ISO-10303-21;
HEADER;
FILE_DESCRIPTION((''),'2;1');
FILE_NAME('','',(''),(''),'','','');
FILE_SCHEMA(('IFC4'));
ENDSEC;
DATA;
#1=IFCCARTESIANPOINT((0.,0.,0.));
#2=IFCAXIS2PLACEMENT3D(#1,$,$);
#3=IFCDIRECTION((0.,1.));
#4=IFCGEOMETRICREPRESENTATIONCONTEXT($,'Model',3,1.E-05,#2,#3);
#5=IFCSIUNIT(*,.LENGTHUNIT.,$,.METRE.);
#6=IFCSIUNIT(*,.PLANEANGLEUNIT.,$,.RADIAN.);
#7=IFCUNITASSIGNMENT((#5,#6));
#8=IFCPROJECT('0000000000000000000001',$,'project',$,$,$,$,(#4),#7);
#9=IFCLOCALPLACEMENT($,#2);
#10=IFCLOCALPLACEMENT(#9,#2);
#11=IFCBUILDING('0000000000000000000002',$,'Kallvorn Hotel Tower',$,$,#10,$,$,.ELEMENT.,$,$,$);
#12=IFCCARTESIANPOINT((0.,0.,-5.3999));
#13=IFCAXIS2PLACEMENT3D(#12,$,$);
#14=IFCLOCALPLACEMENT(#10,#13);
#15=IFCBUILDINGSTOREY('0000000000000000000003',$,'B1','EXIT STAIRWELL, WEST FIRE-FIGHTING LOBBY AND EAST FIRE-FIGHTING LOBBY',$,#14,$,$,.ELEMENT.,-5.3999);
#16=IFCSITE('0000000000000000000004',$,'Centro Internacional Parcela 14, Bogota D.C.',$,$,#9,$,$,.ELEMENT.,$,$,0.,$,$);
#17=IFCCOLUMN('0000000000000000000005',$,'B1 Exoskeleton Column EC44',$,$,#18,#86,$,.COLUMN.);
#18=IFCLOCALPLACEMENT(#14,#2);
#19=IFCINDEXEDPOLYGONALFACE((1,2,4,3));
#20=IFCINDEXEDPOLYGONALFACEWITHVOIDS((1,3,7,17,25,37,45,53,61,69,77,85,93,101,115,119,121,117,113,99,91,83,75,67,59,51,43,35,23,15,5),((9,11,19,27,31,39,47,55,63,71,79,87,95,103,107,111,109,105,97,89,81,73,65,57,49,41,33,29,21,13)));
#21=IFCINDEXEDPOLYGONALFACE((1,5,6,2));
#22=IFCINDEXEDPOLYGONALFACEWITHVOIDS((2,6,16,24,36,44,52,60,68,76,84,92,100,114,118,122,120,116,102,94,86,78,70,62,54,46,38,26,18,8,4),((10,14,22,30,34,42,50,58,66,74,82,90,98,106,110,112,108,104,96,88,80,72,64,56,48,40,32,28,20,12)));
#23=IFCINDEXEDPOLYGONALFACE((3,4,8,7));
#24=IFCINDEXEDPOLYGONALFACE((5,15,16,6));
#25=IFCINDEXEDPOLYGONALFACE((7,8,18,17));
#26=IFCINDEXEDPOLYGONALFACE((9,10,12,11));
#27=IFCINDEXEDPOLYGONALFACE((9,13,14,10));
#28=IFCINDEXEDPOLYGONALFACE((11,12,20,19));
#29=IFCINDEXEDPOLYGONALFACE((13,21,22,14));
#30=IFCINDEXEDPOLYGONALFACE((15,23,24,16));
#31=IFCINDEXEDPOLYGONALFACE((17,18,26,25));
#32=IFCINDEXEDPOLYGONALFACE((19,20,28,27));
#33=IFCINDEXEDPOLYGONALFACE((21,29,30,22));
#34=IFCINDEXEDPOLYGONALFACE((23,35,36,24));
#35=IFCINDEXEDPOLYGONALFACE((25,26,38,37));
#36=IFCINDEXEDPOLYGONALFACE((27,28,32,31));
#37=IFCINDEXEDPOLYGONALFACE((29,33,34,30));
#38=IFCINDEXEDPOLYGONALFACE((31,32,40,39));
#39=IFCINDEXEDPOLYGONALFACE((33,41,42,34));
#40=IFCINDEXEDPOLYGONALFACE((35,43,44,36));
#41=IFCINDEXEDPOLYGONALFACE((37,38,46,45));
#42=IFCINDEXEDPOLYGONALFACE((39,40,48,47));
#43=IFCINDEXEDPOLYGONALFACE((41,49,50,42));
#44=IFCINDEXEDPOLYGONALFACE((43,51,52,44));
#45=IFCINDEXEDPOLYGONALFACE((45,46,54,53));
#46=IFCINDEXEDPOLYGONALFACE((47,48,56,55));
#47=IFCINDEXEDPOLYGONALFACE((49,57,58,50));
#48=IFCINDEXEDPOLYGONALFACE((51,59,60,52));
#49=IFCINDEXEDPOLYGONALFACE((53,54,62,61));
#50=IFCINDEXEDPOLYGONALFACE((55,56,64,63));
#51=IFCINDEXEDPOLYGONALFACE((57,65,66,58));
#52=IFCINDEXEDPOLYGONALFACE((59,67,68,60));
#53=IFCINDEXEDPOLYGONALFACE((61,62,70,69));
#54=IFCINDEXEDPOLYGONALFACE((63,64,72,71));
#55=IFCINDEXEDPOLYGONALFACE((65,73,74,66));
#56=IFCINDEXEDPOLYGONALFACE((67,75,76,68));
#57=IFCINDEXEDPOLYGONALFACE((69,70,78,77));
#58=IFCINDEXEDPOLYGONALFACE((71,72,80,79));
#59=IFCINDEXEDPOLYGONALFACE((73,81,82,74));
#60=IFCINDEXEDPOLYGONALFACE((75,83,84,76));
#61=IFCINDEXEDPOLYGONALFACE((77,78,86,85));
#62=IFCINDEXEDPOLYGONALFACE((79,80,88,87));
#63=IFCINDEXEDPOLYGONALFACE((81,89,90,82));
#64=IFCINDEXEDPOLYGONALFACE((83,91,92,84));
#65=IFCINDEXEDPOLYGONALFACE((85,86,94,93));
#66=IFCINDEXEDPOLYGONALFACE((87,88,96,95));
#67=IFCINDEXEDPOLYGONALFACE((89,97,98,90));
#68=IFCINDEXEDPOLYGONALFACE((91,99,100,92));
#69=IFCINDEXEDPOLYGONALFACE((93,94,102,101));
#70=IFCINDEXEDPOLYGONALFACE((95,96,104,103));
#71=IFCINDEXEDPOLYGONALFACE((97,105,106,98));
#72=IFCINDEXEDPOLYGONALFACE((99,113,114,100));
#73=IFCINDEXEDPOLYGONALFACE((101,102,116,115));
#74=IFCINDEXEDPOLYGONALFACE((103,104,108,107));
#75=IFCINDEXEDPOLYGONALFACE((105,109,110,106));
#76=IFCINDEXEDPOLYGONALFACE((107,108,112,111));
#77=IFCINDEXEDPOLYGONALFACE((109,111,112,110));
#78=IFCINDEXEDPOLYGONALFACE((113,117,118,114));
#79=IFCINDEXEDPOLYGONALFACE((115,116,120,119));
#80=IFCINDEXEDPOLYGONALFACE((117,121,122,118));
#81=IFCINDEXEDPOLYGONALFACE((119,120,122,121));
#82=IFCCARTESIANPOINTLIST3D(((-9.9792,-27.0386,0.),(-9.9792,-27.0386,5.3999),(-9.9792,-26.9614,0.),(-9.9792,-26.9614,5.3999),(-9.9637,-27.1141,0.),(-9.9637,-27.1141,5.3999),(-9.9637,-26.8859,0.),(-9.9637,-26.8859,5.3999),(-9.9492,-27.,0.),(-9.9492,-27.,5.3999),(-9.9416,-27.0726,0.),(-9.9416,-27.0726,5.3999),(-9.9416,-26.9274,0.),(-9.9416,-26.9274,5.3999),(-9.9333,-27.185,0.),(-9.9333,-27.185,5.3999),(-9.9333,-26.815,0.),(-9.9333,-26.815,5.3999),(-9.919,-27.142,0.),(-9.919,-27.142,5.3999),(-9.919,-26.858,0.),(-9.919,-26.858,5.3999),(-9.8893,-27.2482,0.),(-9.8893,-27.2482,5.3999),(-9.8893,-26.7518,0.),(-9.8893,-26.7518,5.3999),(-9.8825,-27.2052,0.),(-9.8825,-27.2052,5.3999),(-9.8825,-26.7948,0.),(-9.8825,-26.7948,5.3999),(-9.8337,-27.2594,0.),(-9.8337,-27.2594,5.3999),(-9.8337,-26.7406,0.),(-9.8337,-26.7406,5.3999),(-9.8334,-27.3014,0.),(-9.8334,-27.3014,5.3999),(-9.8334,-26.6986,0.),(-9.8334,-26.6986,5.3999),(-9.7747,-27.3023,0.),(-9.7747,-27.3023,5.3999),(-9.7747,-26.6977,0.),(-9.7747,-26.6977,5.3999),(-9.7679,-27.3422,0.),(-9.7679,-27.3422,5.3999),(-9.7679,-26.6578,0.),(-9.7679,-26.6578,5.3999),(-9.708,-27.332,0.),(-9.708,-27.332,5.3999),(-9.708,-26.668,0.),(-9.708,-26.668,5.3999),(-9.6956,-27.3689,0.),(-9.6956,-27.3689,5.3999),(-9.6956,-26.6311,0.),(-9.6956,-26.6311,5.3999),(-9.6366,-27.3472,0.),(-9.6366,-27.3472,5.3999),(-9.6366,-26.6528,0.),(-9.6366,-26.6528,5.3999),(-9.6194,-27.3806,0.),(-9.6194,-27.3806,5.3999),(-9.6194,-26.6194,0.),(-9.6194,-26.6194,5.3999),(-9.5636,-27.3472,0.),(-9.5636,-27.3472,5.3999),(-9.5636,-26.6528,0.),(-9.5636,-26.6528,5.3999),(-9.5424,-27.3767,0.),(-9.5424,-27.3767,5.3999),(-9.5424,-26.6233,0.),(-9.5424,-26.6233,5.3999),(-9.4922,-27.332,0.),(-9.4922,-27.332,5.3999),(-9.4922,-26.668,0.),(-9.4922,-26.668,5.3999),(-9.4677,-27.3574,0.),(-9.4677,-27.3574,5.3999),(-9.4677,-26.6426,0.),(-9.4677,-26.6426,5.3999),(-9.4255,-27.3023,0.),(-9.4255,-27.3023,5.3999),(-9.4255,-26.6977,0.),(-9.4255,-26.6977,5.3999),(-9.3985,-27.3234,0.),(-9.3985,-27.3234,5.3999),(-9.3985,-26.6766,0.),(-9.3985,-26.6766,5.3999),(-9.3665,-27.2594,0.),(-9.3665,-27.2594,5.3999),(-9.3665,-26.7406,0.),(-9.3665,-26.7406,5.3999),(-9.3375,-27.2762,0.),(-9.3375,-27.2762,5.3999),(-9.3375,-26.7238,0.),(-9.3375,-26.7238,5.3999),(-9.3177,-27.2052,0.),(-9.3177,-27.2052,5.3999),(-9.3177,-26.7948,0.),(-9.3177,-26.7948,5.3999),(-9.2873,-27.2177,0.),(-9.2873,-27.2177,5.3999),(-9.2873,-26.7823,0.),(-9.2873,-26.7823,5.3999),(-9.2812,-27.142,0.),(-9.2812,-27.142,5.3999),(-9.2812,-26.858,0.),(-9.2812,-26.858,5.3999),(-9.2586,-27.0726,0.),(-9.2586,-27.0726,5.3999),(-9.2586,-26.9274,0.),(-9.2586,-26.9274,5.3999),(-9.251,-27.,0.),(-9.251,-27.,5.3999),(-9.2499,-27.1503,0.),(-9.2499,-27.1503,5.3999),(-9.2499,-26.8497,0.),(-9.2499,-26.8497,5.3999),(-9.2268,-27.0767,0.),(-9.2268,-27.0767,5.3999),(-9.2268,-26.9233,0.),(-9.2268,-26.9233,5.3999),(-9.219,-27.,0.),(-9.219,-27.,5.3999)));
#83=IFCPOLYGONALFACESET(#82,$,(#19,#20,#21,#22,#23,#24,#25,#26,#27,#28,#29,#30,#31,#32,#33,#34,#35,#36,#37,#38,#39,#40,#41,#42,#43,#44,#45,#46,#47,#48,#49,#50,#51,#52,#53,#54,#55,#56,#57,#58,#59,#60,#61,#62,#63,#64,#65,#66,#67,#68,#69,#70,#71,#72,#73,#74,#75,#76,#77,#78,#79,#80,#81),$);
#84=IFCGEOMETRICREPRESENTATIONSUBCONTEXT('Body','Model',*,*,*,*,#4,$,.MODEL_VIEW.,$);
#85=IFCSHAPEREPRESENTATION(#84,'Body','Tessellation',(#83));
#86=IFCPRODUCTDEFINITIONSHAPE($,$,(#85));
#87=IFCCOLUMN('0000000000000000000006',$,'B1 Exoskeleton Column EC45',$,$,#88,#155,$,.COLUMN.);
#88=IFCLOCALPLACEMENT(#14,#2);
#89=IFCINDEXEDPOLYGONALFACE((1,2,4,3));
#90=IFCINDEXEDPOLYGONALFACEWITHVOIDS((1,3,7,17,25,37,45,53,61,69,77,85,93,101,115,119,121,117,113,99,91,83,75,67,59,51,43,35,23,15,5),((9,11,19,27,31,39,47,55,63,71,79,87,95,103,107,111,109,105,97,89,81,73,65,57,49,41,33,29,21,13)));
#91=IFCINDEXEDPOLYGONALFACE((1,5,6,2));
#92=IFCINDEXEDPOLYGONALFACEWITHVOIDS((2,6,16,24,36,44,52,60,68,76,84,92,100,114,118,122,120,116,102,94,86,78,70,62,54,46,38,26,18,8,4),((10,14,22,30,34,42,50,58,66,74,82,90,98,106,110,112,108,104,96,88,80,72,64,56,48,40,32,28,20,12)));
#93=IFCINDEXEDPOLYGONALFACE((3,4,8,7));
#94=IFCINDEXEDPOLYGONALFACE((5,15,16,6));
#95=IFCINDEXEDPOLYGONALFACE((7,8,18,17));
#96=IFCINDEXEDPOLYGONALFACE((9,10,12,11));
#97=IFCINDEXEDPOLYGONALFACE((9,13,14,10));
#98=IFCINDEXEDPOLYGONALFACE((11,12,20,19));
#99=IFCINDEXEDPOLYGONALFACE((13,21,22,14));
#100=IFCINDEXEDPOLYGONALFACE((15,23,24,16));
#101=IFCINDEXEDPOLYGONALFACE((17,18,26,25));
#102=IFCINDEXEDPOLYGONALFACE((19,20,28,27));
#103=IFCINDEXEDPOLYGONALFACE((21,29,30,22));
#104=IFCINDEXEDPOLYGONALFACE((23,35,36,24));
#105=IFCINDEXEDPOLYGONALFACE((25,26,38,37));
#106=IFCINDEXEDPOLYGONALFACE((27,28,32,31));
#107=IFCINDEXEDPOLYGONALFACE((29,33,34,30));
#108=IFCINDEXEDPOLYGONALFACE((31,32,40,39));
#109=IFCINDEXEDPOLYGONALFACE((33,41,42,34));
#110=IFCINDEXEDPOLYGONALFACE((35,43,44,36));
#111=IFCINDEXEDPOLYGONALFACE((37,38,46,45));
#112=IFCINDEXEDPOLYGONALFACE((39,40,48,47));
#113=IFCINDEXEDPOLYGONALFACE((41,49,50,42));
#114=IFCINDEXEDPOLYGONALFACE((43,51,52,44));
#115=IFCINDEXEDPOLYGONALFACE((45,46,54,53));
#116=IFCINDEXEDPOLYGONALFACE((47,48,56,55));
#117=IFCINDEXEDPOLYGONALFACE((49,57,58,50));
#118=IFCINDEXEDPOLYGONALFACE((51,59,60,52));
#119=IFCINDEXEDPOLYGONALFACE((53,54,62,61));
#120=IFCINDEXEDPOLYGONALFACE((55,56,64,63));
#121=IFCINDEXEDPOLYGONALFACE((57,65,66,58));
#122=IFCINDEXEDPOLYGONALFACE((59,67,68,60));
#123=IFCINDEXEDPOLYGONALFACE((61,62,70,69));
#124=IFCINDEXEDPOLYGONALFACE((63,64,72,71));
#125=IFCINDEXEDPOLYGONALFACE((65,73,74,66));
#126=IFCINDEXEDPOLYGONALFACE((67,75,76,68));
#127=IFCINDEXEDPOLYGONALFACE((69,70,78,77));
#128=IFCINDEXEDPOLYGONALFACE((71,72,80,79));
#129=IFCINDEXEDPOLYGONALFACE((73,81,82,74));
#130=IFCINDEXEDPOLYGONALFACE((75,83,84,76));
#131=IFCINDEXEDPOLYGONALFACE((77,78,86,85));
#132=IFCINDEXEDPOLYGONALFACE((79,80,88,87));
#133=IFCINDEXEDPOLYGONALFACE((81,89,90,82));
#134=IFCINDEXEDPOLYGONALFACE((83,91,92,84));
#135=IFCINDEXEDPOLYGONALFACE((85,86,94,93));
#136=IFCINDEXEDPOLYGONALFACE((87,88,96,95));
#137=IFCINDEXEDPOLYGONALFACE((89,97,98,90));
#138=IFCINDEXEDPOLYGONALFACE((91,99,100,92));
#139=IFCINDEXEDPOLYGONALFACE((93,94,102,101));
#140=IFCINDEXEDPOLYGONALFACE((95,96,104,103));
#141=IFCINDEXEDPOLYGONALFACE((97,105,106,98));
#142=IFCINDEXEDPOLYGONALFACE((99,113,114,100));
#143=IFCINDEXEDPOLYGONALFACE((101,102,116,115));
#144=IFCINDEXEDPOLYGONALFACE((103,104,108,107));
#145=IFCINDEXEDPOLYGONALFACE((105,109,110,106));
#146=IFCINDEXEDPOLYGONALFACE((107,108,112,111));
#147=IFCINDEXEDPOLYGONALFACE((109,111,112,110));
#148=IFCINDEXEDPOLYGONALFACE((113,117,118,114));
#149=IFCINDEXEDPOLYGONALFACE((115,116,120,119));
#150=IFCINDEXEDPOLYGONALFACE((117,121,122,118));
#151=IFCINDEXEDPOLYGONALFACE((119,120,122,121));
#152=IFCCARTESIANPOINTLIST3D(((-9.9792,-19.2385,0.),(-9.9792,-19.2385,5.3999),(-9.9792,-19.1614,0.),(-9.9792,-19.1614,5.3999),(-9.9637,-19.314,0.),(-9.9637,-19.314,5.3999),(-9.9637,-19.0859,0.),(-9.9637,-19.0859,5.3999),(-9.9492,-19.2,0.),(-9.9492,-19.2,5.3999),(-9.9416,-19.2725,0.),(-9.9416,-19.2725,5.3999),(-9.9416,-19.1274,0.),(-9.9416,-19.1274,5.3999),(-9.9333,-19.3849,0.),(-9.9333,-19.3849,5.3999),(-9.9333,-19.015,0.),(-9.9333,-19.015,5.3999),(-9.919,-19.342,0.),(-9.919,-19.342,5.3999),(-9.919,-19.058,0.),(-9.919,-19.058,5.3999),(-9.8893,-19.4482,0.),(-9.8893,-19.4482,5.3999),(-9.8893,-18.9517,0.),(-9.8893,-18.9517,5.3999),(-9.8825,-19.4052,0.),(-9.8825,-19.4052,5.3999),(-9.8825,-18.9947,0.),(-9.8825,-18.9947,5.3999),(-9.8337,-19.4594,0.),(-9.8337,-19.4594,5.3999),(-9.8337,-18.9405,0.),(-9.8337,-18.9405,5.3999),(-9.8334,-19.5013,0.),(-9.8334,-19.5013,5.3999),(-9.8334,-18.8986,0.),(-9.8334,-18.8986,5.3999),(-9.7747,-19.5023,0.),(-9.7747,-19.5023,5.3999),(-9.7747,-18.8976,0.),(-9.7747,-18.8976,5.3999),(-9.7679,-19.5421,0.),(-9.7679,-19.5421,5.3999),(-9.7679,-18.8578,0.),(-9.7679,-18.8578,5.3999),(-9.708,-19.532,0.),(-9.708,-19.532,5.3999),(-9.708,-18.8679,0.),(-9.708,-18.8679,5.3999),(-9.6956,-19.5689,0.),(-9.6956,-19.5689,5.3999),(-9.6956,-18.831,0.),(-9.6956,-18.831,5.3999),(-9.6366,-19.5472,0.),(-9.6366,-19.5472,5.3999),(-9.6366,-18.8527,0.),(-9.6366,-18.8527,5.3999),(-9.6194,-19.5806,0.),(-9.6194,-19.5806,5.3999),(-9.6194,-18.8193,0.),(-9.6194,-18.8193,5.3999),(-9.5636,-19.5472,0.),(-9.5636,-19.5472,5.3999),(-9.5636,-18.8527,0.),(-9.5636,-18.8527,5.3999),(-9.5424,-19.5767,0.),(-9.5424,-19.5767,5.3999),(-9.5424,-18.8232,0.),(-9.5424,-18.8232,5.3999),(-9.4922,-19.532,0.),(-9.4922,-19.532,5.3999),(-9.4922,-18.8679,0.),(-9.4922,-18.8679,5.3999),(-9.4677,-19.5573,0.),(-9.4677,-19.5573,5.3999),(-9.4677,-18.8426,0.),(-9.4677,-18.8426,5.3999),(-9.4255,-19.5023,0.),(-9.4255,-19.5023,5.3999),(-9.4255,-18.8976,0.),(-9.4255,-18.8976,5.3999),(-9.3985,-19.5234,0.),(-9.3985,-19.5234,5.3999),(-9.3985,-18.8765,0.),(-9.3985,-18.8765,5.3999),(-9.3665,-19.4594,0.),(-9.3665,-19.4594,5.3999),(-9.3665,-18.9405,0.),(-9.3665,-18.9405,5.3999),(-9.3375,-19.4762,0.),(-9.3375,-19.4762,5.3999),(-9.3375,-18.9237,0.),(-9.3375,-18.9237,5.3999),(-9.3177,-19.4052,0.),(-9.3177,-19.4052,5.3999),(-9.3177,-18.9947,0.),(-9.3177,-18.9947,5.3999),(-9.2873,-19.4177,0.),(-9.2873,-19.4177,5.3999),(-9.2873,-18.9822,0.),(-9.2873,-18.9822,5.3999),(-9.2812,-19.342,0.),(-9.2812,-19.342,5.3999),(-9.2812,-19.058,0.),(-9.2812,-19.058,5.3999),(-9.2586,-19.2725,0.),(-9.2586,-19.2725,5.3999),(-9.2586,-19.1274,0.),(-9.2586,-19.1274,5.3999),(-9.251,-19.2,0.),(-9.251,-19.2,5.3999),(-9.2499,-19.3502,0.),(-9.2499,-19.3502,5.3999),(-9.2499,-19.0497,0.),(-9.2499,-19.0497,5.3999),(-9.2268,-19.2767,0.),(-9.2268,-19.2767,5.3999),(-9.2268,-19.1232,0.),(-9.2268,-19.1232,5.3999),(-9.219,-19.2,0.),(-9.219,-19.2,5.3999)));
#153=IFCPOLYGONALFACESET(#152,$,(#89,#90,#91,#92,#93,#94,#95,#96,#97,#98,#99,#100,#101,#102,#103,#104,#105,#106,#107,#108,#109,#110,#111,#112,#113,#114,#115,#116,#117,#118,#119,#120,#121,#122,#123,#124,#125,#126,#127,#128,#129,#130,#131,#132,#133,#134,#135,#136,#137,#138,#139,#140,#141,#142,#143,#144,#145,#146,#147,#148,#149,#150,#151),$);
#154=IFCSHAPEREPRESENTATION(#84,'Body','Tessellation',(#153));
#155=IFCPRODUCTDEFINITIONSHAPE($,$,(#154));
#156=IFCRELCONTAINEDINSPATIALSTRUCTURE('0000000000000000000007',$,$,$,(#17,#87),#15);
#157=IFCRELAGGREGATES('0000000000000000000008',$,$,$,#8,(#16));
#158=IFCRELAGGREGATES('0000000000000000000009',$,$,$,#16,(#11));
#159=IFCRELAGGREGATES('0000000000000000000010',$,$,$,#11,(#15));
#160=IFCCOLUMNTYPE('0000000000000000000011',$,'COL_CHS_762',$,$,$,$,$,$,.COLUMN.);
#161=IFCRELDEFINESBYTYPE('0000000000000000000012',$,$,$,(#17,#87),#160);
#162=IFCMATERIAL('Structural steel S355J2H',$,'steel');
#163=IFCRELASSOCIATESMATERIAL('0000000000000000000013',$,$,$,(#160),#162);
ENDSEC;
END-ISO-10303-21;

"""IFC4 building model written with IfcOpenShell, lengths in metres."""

from ifc_helpers import new_model, si_unit, direction, frame, origin, origin_2d, place, context, subcontext, project, spatial, hollow_circle, extrude, material, material_profile, profile_set, type_object, element, save


model = new_model("IFC4")

# Units and contexts
model_context = context("Model", 3, precision=1e-05, world=origin(), true_north=direction((0.0, 1.0)))
body_context = subcontext(model_context, "Body", "Model", "MODEL_VIEW")
ifc_project = project(units=[si_unit("LENGTHUNIT", "METRE"), si_unit("PLANEANGLEUNIT", "RADIAN")], contexts=[model_context])

# Site, building, storey
site_placement = place(None, origin())
site = spatial("IfcSite", under=ifc_project, at=site_placement, Name="Centro Internacional Parcela 14, Bogota D.C.", CompositionType="ELEMENT", RefElevation=0.0)
building_placement = place(site_placement, origin())
building = spatial("IfcBuilding", under=site, at=building_placement, Name="Kallvorn Hotel Tower", CompositionType="ELEMENT")
storey_placement = place(building_placement, frame((0.0, 0.0, -5.3999)))
storey = spatial("IfcBuildingStorey", under=building, at=storey_placement, Name="B1", Description="EXIT STAIRWELL, WEST FIRE-FIGHTING LOBBY AND EAST FIRE-FIGHTING LOBBY", CompositionType="ELEMENT", Elevation=-5.3999)

# Columns
ifc_material_1 = material(Name="Structural steel S355J2H", Category="steel")
ifc_material_profile_1 = material_profile(ifc_material_1, hollow_circle(Radius=0.3811, WallThickness=0.032, at=origin_2d()), Name="CHS 762x32")
ifc_profile_set_1 = profile_set([ifc_material_profile_1], Name="Structural steel S355J2H")
column_type_1 = type_object("IfcColumnType", Name="COL_CHS_762", PredefinedType="COLUMN", material=ifc_profile_set_1)
for number, where, z_axis, x_axis, name in (
    (1, (-9.6001, -27.0, 0.0), (0.0, 0.0, 1.0), (1.0, 0.0, 0.0), "B1 Exoskeleton Column EC44"),
    (2, (-9.6001, -19.2, 0.0), (0.0, 0.0, 1.0), (1.0, 0.0, 0.0), "B1 Exoskeleton Column EC45"),
):
    element("IfcColumn", number, at=place(storey_placement, frame(where, z_axis=z_axis, x_axis=x_axis)), inside=storey, type_object=column_type_1, Name=name, PredefinedType="COLUMN", context=body_context, shape_type="SweptSolid", body=[
        extrude(hollow_circle(Radius=0.3811, WallThickness=0.032, at=origin_2d()), origin(), (0.0, 0.0, 1.0), 5.3999),
    ])

save(model, "model.ifc")
